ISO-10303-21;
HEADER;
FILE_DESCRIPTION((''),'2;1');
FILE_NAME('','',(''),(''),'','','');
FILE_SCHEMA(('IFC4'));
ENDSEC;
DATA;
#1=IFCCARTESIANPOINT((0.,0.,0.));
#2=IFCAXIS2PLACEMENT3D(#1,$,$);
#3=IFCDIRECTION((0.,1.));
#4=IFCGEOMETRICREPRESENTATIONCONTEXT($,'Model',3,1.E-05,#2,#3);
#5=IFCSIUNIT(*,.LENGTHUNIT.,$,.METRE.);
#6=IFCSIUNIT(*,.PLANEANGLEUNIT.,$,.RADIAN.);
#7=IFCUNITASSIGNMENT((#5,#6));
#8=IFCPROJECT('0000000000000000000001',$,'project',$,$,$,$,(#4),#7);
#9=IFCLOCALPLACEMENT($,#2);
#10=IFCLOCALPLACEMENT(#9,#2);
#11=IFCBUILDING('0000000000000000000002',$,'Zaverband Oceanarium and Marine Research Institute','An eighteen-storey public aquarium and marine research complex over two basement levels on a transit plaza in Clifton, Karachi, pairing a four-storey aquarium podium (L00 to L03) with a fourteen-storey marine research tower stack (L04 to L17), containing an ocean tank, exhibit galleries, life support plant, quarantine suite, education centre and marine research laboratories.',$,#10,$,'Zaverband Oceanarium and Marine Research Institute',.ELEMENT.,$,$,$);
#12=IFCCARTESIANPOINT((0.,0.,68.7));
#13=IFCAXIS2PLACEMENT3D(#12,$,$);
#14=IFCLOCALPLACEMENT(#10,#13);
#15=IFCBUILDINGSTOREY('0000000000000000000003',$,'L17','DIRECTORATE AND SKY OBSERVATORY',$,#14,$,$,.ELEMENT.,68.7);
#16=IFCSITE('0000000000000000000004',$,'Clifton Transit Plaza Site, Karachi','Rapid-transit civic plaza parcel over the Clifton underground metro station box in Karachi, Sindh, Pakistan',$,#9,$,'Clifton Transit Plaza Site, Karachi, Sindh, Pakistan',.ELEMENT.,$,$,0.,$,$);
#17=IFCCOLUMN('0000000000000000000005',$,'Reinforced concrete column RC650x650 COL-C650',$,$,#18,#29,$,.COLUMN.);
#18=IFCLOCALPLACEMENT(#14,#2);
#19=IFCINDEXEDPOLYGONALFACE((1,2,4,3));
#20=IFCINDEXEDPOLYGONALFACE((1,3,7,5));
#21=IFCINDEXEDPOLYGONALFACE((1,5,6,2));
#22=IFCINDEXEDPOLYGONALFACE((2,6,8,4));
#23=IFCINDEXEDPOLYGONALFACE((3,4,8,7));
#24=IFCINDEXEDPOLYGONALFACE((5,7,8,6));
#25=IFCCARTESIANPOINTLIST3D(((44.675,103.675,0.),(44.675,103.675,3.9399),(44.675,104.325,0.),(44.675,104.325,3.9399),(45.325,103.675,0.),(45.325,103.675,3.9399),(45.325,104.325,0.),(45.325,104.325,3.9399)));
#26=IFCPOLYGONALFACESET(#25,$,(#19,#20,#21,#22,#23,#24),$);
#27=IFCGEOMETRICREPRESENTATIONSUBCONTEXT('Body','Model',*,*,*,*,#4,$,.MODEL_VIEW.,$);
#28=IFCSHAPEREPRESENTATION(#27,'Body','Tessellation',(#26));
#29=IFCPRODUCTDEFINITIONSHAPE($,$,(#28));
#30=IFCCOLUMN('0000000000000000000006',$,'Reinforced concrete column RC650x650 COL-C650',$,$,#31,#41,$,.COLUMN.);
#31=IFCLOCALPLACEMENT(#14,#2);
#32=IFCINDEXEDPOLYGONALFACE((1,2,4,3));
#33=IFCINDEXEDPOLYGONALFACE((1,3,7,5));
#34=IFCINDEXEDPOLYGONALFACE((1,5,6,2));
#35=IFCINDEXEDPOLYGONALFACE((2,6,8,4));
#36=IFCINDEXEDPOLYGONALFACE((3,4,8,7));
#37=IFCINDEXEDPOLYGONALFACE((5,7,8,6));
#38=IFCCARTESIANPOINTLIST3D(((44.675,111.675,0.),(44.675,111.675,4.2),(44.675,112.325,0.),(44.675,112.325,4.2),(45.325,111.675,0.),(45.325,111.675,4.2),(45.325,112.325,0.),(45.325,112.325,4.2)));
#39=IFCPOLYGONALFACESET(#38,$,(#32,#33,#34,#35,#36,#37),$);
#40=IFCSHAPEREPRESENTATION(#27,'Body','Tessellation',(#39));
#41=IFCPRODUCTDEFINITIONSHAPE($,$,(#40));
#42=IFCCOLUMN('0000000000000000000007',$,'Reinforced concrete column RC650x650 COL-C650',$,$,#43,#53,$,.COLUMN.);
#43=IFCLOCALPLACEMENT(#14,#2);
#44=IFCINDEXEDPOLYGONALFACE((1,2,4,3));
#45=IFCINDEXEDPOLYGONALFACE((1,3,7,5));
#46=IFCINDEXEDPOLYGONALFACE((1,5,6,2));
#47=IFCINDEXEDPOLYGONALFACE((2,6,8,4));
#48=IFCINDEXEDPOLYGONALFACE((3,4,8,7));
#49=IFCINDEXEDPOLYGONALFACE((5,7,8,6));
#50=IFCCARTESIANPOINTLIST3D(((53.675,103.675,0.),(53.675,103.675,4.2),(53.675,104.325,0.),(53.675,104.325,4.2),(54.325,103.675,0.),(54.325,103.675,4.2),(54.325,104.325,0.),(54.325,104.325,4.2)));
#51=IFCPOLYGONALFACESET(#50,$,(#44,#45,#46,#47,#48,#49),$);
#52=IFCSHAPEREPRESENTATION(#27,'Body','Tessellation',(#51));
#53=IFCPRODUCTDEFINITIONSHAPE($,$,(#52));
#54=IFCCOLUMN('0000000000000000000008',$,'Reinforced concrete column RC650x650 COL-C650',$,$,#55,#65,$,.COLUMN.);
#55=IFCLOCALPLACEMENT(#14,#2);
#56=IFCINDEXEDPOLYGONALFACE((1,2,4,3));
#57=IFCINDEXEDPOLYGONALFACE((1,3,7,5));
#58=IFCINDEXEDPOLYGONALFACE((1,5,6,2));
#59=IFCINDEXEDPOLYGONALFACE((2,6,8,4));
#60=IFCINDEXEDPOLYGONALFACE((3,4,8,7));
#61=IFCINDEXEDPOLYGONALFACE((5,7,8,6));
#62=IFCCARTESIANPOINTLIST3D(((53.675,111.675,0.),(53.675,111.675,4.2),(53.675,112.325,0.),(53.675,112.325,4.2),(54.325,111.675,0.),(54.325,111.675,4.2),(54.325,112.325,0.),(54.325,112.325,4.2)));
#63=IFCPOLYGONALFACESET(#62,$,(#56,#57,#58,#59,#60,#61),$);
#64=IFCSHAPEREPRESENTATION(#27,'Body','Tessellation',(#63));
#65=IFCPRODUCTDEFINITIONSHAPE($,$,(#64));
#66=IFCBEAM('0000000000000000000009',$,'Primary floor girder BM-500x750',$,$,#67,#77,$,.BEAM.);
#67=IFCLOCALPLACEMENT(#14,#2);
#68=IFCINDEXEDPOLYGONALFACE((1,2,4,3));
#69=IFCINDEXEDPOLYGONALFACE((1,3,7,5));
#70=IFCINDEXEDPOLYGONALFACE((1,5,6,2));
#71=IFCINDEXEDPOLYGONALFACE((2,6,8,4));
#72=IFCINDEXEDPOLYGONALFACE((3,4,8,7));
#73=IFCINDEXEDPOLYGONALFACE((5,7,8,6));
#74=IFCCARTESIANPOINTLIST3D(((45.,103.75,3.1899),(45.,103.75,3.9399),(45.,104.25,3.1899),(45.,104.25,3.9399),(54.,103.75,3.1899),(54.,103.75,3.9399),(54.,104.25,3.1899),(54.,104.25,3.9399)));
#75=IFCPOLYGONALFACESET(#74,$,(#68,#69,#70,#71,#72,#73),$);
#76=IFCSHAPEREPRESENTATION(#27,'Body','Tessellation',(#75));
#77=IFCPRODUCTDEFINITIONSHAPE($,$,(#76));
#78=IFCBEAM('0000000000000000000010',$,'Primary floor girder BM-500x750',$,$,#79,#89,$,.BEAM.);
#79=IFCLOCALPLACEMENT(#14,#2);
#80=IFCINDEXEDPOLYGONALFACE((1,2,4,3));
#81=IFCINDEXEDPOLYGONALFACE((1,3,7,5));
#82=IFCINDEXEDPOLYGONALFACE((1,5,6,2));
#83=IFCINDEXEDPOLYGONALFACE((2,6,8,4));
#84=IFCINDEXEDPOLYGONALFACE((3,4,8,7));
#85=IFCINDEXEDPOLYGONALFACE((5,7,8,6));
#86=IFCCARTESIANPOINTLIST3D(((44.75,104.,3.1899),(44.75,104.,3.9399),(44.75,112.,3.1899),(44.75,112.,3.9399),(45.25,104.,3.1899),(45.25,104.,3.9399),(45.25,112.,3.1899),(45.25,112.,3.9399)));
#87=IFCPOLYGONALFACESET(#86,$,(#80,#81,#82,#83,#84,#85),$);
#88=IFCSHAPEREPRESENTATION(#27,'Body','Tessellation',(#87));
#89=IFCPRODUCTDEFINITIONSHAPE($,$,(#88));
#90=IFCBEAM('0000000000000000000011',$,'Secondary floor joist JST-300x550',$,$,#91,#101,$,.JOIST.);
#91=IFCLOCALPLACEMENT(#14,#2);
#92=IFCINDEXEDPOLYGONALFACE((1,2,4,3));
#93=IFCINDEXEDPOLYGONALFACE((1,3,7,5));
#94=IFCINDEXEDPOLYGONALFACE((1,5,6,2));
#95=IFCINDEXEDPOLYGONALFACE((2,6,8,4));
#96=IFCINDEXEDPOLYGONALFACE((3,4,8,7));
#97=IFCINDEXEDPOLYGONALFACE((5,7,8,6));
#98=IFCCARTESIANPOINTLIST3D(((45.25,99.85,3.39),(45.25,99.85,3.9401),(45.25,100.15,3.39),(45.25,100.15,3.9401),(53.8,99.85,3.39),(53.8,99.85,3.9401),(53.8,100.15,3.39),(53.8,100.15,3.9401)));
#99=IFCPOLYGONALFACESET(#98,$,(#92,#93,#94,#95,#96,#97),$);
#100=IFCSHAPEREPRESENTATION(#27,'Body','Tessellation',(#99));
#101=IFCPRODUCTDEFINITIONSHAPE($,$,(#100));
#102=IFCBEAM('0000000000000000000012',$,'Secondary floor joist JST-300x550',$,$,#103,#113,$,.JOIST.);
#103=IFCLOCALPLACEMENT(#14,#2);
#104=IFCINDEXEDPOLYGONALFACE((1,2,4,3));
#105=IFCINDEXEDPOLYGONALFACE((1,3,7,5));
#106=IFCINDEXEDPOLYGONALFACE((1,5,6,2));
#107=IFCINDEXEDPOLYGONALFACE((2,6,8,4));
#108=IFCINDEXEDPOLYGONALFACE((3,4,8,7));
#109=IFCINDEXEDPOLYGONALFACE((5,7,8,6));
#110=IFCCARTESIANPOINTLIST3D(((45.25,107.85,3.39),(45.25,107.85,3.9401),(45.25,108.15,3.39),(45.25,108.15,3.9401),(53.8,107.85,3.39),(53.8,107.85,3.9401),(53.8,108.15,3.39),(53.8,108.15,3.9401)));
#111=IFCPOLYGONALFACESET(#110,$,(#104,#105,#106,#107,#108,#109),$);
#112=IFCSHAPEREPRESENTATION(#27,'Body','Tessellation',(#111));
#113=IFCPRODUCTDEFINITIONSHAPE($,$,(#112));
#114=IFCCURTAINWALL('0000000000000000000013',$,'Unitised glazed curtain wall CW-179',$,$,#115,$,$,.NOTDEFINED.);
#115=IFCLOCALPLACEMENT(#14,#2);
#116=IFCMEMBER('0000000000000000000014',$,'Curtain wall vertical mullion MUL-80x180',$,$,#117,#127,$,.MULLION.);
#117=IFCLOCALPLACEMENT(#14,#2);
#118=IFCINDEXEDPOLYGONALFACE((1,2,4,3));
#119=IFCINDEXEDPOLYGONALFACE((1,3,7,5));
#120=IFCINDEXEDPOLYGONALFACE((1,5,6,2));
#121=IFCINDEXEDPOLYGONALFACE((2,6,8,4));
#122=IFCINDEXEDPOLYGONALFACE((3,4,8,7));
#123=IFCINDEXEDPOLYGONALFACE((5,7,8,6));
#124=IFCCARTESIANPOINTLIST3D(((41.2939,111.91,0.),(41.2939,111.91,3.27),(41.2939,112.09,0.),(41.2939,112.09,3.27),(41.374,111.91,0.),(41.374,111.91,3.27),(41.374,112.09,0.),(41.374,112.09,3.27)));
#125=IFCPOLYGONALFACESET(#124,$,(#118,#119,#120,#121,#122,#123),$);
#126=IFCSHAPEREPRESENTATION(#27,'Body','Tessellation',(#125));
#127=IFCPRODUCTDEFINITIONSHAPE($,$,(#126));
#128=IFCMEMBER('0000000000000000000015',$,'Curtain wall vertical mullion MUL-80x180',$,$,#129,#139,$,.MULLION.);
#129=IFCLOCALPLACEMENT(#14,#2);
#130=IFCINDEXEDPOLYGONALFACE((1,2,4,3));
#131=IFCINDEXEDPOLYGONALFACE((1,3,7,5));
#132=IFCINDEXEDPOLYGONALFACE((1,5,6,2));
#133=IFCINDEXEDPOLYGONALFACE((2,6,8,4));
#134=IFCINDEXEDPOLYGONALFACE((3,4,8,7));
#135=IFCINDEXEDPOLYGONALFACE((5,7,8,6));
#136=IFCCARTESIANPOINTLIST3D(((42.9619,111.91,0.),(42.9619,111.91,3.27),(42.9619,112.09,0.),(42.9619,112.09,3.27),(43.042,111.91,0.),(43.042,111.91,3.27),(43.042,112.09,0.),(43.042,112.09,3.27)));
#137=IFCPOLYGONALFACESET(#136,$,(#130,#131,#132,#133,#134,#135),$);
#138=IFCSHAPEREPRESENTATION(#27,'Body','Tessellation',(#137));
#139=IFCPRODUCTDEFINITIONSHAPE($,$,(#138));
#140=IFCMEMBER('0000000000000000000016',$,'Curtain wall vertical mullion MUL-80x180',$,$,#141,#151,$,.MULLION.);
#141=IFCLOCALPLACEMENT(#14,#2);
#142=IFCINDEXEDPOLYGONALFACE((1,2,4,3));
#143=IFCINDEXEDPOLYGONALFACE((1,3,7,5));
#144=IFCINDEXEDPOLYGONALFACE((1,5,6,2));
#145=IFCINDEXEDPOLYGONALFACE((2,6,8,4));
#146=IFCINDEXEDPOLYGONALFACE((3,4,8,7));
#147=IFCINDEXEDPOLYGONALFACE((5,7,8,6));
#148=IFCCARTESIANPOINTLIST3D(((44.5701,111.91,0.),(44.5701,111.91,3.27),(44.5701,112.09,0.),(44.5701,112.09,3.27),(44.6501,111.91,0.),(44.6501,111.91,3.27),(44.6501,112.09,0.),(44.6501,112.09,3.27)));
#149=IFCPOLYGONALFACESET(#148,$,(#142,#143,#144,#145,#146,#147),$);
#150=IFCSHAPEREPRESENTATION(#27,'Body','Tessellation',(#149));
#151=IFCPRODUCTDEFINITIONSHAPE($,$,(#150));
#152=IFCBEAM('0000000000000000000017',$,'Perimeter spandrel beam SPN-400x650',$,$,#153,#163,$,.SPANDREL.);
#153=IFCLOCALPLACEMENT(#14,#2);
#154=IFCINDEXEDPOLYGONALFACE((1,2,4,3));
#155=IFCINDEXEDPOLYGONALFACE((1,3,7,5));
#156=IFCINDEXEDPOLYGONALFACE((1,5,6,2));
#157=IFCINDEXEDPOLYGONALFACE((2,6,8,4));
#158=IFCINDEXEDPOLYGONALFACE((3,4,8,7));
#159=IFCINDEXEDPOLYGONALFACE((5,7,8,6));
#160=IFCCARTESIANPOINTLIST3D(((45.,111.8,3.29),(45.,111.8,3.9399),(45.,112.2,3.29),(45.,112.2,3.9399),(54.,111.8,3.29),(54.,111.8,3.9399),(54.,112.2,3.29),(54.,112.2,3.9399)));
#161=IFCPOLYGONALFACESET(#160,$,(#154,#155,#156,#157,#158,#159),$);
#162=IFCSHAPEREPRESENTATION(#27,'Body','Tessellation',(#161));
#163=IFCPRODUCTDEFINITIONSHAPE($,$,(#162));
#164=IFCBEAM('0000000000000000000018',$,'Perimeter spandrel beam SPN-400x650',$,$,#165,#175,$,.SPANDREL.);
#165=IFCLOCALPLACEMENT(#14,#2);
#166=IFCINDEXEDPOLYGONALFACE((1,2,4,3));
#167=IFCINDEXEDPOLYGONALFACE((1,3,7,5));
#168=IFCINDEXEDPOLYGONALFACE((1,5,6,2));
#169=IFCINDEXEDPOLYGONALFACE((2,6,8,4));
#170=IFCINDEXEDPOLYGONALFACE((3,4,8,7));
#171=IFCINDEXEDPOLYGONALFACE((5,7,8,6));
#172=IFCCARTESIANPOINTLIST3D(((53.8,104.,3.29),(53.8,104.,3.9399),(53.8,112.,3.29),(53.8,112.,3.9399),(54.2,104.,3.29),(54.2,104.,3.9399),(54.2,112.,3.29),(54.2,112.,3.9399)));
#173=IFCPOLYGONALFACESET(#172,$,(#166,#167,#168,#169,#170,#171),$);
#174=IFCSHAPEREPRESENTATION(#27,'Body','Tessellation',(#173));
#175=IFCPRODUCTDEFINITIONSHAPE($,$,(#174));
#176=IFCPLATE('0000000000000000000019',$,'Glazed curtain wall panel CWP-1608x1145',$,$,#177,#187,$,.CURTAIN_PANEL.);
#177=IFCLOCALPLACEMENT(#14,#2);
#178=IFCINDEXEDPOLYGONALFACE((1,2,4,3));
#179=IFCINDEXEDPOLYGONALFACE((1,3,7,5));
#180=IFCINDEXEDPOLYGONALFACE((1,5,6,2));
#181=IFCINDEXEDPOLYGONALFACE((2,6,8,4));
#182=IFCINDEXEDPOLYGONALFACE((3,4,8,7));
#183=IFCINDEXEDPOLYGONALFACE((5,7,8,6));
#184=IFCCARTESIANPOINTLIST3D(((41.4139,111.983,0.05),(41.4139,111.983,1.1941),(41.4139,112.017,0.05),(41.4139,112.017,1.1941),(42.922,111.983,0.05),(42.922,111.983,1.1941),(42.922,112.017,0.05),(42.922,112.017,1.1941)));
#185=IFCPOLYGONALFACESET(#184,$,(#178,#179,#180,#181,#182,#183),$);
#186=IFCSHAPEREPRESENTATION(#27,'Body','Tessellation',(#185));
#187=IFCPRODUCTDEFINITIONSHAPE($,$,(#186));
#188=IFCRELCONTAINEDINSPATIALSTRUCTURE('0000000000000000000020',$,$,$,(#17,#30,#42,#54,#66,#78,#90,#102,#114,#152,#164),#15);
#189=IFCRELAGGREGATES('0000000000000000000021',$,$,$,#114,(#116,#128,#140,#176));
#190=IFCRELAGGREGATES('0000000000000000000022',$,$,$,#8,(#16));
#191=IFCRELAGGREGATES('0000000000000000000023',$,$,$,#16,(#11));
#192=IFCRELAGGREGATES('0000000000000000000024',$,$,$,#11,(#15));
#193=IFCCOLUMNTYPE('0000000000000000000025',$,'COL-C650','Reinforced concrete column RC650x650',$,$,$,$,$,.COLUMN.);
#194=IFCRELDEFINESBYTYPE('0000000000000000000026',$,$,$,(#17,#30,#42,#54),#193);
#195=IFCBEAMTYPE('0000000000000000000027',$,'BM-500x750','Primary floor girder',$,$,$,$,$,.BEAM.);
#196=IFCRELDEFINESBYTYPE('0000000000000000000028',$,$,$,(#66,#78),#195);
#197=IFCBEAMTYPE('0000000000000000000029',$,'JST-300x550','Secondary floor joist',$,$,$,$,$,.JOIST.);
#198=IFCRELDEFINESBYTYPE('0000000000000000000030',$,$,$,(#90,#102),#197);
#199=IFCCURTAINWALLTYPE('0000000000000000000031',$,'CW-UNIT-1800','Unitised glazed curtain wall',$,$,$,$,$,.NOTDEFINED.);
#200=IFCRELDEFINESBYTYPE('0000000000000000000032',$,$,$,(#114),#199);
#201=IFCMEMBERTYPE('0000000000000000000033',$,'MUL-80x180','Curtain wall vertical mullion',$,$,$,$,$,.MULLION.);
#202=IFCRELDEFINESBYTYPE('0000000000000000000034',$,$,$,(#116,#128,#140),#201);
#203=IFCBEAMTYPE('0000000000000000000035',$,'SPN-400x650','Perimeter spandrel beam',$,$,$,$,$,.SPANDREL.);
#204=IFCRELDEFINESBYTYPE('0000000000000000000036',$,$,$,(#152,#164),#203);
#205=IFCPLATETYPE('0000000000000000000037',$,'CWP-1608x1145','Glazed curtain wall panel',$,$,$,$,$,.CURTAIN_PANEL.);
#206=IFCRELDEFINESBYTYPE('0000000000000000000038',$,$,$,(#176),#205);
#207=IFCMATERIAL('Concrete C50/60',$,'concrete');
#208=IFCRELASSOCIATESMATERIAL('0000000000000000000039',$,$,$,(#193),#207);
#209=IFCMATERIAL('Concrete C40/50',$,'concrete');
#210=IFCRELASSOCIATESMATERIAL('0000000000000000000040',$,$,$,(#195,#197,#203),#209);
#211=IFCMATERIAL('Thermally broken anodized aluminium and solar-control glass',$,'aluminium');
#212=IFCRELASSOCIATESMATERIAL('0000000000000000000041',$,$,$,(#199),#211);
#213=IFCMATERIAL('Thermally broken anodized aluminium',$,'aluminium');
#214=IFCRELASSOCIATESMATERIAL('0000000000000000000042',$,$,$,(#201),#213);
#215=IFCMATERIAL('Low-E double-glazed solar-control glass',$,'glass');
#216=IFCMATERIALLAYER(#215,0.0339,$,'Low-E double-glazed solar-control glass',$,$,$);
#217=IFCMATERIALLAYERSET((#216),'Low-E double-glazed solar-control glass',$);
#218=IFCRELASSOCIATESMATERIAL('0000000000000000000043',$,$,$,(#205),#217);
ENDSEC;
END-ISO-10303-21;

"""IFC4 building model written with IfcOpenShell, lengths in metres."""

from ifc_helpers import new_model, si_unit, direction, frame, frame_2d, origin, origin_2d, place, context, subcontext, project, spatial, rectangle, extrude, material, layer, layer_set, material_profile, profile_set, type_object, element, aggregate, save


model = new_model("IFC4")

# Units and contexts
model_context = context("Model", 3, precision=1e-05, world=origin(), true_north=direction((0.0, 1.0)))
body_context = subcontext(model_context, "Body", "Model", "MODEL_VIEW")
ifc_project = project(units=[si_unit("LENGTHUNIT", "METRE"), si_unit("PLANEANGLEUNIT", "RADIAN")], contexts=[model_context])

# Site, building, storey
site_placement = place(None, origin())
site = spatial("IfcSite", under=ifc_project, at=site_placement, Name="Clifton Transit Plaza Site, Karachi", Description="Rapid-transit civic plaza parcel over the Clifton underground metro station box in Karachi, Sindh, Pakistan", LongName="Clifton Transit Plaza Site, Karachi, Sindh, Pakistan", CompositionType="ELEMENT", RefElevation=0.0)
building_placement = place(site_placement, origin())
building = spatial("IfcBuilding", under=site, at=building_placement, Name="Zaverband Oceanarium and Marine Research Institute", Description="An eighteen-storey public aquarium and marine research complex over two basement levels on a transit plaza in Clifton, Karachi, pairing a four-storey aquarium podium (L00 to L03) with a fourteen-storey marine research tower stack (L04 to L17), containing an ocean tank, exhibit galleries, life support plant, quarantine suite, education centre and marine research laboratories.", LongName="Zaverband Oceanarium and Marine Research Institute", CompositionType="ELEMENT")
storey_placement = place(building_placement, frame((0.0, 0.0, 68.7)))
storey = spatial("IfcBuildingStorey", under=building, at=storey_placement, Name="L17", Description="DIRECTORATE AND SKY OBSERVATORY", CompositionType="ELEMENT", Elevation=68.7)

# Columns
ifc_material_1 = material(Name="Concrete C50/60", Category="concrete")
ifc_material_profile_1 = material_profile(ifc_material_1, rectangle(XDim=0.6499, YDim=0.6499, at=origin_2d()), Name="RC650x650")
ifc_profile_set_1 = profile_set([ifc_material_profile_1], Name="Concrete C50/60")
column_type = type_object("IfcColumnType", Name="COL-C650", Description="Reinforced concrete column RC650x650", PredefinedType="COLUMN", material=ifc_profile_set_1)
column_placement = place(storey_placement, frame((45.0, 104.0, 0.0), z_axis=(0.0, 0.0, 1.0), x_axis=(1.0, 0.0, 0.0)))
element("IfcColumn", 1, at=column_placement, inside=storey, type_object=column_type, Name="Reinforced concrete column RC650x650 COL-C650", PredefinedType="COLUMN", context=body_context, shape_type="SweptSolid", body=[
    extrude(rectangle(XDim=0.6499, YDim=0.6499, at=origin_2d()), origin(), (0.0, 0.0, 1.0), 3.9399),
])
for number, where, z_axis, x_axis, name in (
    (2, (45.0, 112.0, 0.0), (0.0, 0.0, 1.0), (1.0, 0.0, 0.0), "Reinforced concrete column RC650x650 COL-C650"),
    (3, (54.0, 104.0, 0.0), (0.0, 0.0, 1.0), (1.0, 0.0, 0.0), "Reinforced concrete column RC650x650 COL-C650"),
    (4, (54.0, 112.0, 0.0), (0.0, 0.0, 1.0), (1.0, 0.0, 0.0), "Reinforced concrete column RC650x650 COL-C650"),
):
    element("IfcColumn", number, at=place(storey_placement, frame(where, z_axis=z_axis, x_axis=x_axis)), inside=storey, type_object=column_type, Name=name, PredefinedType="COLUMN", context=body_context, shape_type="SweptSolid", body=[
        extrude(rectangle(XDim=0.6499, YDim=0.6499, at=origin_2d()), origin(), (0.0, 0.0, 1.0), 4.2),
    ])

# Beams
ifc_material_2 = material(Name="Concrete C40/50", Category="concrete")
ifc_material_profile_2 = material_profile(ifc_material_2, rectangle(XDim=0.5, YDim=0.75, at=origin_2d()), Name="RC500x750")
ifc_profile_set_2 = profile_set([ifc_material_profile_2], Name="Concrete C40/50")
beam_type_1 = type_object("IfcBeamType", Name="BM-500x750", Description="Primary floor girder", PredefinedType="BEAM", material=ifc_profile_set_2)
beam_1_placement = place(storey_placement, frame((45.0, 104.0, 3.5649), z_axis=(1.0, 0.0, 0.0), x_axis=(0.0, 1.0, 0.0)))
element("IfcBeam", 5, at=beam_1_placement, inside=storey, type_object=beam_type_1, Name="Primary floor girder BM-500x750", PredefinedType="BEAM", context=body_context, shape_type="SweptSolid", body=[
    extrude(rectangle(XDim=0.5, YDim=0.75, at=origin_2d()), origin(), (0.0, 0.0, 1.0), 9.0),
])
beam_2_placement = place(storey_placement, frame((45.0, 104.0, 3.5649), z_axis=(0.0, 1.0, 0.0), x_axis=(-1.0, 0.0, 0.0)))
element("IfcBeam", 6, at=beam_2_placement, inside=storey, type_object=beam_type_1, Name="Primary floor girder BM-500x750", PredefinedType="BEAM", context=body_context, shape_type="SweptSolid", body=[
    extrude(rectangle(XDim=0.5, YDim=0.75, at=origin_2d()), origin(), (0.0, 0.0, 1.0), 8.0),
])
ifc_material_profile_3 = material_profile(ifc_material_2, rectangle(XDim=0.3, YDim=0.55, at=origin_2d()), Name="RC300x550")
ifc_profile_set_3 = profile_set([ifc_material_profile_3], Name="Concrete C40/50")
beam_type_2 = type_object("IfcBeamType", Name="JST-300x550", Description="Secondary floor joist", PredefinedType="JOIST", material=ifc_profile_set_3)
for number, where, z_axis, x_axis, name in (
    (7, (45.25, 100.0, 3.665), (1.0, 0.0, 0.0), (0.0, 1.0, 0.0), "Secondary floor joist JST-300x550"),
    (8, (45.25, 108.0, 3.665), (1.0, 0.0, 0.0), (0.0, 1.0, 0.0), "Secondary floor joist JST-300x550"),
):
    element("IfcBeam", number, at=place(storey_placement, frame(where, z_axis=z_axis, x_axis=x_axis)), inside=storey, type_object=beam_type_2, Name=name, PredefinedType="JOIST", context=body_context, shape_type="SweptSolid", body=[
        extrude(rectangle(XDim=0.3, YDim=0.55, at=origin_2d()), origin(), (0.0, 0.0, 1.0), 8.55),
    ])

# Curtain wall, members
ifc_material_3 = material(Name="Thermally broken anodized aluminium and solar-control glass", Category="aluminium")
curtain_wall_type = type_object("IfcCurtainWallType", Name="CW-UNIT-1800", Description="Unitised glazed curtain wall", PredefinedType="NOTDEFINED", material=ifc_material_3)
curtain_wall_placement = place(storey_placement, origin())
curtain_wall = element("IfcCurtainWall", 9, at=curtain_wall_placement, inside=storey, type_object=curtain_wall_type, Name="Unitised glazed curtain wall CW-179", PredefinedType="NOTDEFINED")
ifc_material_4 = material(Name="Thermally broken anodized aluminium", Category="aluminium")
ifc_material_profile_4 = material_profile(ifc_material_4, rectangle(XDim=0.0801, YDim=0.1799, at=origin_2d()), Name="AL-MUL-80x180")
ifc_profile_set_4 = profile_set([ifc_material_profile_4], Name="Thermally broken anodized aluminium")
member_type = type_object("IfcMemberType", Name="MUL-80x180", Description="Curtain wall vertical mullion", PredefinedType="MULLION", material=ifc_profile_set_4)
member_1_placement = place(storey_placement, frame((41.334, 112.0, 0.0), z_axis=(0.0, 0.0, 1.0), x_axis=(1.0, 0.0, 0.0)))
member_1 = element("IfcMember", 10, at=member_1_placement, type_object=member_type, Name="Curtain wall vertical mullion MUL-80x180", PredefinedType="MULLION", context=body_context, shape_type="SweptSolid", body=[
    extrude(rectangle(XDim=0.0801, YDim=0.1799, at=origin_2d()), origin(), (0.0, 0.0, 1.0), 3.27),
])
member_2_placement = place(storey_placement, frame((43.002, 112.0, 0.0), z_axis=(0.0, 0.0, 1.0), x_axis=(1.0, 0.0, 0.0)))
member_2 = element("IfcMember", 11, at=member_2_placement, type_object=member_type, Name="Curtain wall vertical mullion MUL-80x180", PredefinedType="MULLION", context=body_context, shape_type="SweptSolid", body=[
    extrude(rectangle(XDim=0.0801, YDim=0.1799, at=origin_2d()), origin(), (0.0, 0.0, 1.0), 3.27),
])
member_3_placement = place(storey_placement, frame((44.6101, 112.0, 0.0), z_axis=(0.0, 0.0, 1.0), x_axis=(1.0, 0.0, 0.0)))
member_3 = element("IfcMember", 12, at=member_3_placement, type_object=member_type, Name="Curtain wall vertical mullion MUL-80x180", PredefinedType="MULLION", context=body_context, shape_type="SweptSolid", body=[
    extrude(rectangle(XDim=0.0801, YDim=0.1799, at=origin_2d()), origin(), (0.0, 0.0, 1.0), 3.27),
])

# Beams
ifc_material_profile_5 = material_profile(ifc_material_2, rectangle(XDim=0.3999, YDim=0.6499, at=origin_2d()), Name="RC400x650")
ifc_profile_set_5 = profile_set([ifc_material_profile_5], Name="Concrete C40/50")
beam_type_3 = type_object("IfcBeamType", Name="SPN-400x650", Description="Perimeter spandrel beam", PredefinedType="SPANDREL", material=ifc_profile_set_5)
beam_3_placement = place(storey_placement, frame((45.0, 112.0, 3.615), z_axis=(1.0, 0.0, 0.0), x_axis=(0.0, 1.0, 0.0)))
element("IfcBeam", 13, at=beam_3_placement, inside=storey, type_object=beam_type_3, Name="Perimeter spandrel beam SPN-400x650", PredefinedType="SPANDREL", context=body_context, shape_type="SweptSolid", body=[
    extrude(rectangle(XDim=0.3999, YDim=0.6499, at=origin_2d()), origin(), (0.0, 0.0, 1.0), 9.0),
])
beam_4_placement = place(storey_placement, frame((54.0, 104.0, 3.615), z_axis=(0.0, 1.0, 0.0), x_axis=(-1.0, 0.0, 0.0)))
element("IfcBeam", 14, at=beam_4_placement, inside=storey, type_object=beam_type_3, Name="Perimeter spandrel beam SPN-400x650", PredefinedType="SPANDREL", context=body_context, shape_type="SweptSolid", body=[
    extrude(rectangle(XDim=0.3999, YDim=0.6499, at=origin_2d()), origin(), (0.0, 0.0, 1.0), 8.0),
])

# Plate
ifc_material_5 = material(Name="Low-E double-glazed solar-control glass", Category="glass")
ifc_layer_1 = layer(ifc_material_5, 0.0339, Name="Low-E double-glazed solar-control glass")
ifc_layer_set_1 = layer_set([ifc_layer_1], Name="Low-E double-glazed solar-control glass")
plate_type_1 = type_object("IfcPlateType", Name="CWP-1608x1145", Description="Glazed curtain wall panel", PredefinedType="CURTAIN_PANEL", material=ifc_layer_set_1)
plate_1_placement = place(storey_placement, frame((41.4141, 112.0, 0.05), z_axis=(0.0, 0.0, 1.0), x_axis=(1.0, 0.0, 0.0)))
plate_1 = element("IfcPlate", 15, at=plate_1_placement, type_object=plate_type_1, Name="Glazed curtain wall panel CWP-1608x1145", PredefinedType="CURTAIN_PANEL", context=body_context, shape_type="SweptSolid", body=[
    extrude(rectangle(XDim=1.5081, YDim=0.0339, at=frame_2d((0.7539, 0.0))), origin(), (0.0, 0.0, 1.0), 1.144),
])
aggregate(curtain_wall, [member_1, member_2, member_3, plate_1])

save(model, "model.ifc")
